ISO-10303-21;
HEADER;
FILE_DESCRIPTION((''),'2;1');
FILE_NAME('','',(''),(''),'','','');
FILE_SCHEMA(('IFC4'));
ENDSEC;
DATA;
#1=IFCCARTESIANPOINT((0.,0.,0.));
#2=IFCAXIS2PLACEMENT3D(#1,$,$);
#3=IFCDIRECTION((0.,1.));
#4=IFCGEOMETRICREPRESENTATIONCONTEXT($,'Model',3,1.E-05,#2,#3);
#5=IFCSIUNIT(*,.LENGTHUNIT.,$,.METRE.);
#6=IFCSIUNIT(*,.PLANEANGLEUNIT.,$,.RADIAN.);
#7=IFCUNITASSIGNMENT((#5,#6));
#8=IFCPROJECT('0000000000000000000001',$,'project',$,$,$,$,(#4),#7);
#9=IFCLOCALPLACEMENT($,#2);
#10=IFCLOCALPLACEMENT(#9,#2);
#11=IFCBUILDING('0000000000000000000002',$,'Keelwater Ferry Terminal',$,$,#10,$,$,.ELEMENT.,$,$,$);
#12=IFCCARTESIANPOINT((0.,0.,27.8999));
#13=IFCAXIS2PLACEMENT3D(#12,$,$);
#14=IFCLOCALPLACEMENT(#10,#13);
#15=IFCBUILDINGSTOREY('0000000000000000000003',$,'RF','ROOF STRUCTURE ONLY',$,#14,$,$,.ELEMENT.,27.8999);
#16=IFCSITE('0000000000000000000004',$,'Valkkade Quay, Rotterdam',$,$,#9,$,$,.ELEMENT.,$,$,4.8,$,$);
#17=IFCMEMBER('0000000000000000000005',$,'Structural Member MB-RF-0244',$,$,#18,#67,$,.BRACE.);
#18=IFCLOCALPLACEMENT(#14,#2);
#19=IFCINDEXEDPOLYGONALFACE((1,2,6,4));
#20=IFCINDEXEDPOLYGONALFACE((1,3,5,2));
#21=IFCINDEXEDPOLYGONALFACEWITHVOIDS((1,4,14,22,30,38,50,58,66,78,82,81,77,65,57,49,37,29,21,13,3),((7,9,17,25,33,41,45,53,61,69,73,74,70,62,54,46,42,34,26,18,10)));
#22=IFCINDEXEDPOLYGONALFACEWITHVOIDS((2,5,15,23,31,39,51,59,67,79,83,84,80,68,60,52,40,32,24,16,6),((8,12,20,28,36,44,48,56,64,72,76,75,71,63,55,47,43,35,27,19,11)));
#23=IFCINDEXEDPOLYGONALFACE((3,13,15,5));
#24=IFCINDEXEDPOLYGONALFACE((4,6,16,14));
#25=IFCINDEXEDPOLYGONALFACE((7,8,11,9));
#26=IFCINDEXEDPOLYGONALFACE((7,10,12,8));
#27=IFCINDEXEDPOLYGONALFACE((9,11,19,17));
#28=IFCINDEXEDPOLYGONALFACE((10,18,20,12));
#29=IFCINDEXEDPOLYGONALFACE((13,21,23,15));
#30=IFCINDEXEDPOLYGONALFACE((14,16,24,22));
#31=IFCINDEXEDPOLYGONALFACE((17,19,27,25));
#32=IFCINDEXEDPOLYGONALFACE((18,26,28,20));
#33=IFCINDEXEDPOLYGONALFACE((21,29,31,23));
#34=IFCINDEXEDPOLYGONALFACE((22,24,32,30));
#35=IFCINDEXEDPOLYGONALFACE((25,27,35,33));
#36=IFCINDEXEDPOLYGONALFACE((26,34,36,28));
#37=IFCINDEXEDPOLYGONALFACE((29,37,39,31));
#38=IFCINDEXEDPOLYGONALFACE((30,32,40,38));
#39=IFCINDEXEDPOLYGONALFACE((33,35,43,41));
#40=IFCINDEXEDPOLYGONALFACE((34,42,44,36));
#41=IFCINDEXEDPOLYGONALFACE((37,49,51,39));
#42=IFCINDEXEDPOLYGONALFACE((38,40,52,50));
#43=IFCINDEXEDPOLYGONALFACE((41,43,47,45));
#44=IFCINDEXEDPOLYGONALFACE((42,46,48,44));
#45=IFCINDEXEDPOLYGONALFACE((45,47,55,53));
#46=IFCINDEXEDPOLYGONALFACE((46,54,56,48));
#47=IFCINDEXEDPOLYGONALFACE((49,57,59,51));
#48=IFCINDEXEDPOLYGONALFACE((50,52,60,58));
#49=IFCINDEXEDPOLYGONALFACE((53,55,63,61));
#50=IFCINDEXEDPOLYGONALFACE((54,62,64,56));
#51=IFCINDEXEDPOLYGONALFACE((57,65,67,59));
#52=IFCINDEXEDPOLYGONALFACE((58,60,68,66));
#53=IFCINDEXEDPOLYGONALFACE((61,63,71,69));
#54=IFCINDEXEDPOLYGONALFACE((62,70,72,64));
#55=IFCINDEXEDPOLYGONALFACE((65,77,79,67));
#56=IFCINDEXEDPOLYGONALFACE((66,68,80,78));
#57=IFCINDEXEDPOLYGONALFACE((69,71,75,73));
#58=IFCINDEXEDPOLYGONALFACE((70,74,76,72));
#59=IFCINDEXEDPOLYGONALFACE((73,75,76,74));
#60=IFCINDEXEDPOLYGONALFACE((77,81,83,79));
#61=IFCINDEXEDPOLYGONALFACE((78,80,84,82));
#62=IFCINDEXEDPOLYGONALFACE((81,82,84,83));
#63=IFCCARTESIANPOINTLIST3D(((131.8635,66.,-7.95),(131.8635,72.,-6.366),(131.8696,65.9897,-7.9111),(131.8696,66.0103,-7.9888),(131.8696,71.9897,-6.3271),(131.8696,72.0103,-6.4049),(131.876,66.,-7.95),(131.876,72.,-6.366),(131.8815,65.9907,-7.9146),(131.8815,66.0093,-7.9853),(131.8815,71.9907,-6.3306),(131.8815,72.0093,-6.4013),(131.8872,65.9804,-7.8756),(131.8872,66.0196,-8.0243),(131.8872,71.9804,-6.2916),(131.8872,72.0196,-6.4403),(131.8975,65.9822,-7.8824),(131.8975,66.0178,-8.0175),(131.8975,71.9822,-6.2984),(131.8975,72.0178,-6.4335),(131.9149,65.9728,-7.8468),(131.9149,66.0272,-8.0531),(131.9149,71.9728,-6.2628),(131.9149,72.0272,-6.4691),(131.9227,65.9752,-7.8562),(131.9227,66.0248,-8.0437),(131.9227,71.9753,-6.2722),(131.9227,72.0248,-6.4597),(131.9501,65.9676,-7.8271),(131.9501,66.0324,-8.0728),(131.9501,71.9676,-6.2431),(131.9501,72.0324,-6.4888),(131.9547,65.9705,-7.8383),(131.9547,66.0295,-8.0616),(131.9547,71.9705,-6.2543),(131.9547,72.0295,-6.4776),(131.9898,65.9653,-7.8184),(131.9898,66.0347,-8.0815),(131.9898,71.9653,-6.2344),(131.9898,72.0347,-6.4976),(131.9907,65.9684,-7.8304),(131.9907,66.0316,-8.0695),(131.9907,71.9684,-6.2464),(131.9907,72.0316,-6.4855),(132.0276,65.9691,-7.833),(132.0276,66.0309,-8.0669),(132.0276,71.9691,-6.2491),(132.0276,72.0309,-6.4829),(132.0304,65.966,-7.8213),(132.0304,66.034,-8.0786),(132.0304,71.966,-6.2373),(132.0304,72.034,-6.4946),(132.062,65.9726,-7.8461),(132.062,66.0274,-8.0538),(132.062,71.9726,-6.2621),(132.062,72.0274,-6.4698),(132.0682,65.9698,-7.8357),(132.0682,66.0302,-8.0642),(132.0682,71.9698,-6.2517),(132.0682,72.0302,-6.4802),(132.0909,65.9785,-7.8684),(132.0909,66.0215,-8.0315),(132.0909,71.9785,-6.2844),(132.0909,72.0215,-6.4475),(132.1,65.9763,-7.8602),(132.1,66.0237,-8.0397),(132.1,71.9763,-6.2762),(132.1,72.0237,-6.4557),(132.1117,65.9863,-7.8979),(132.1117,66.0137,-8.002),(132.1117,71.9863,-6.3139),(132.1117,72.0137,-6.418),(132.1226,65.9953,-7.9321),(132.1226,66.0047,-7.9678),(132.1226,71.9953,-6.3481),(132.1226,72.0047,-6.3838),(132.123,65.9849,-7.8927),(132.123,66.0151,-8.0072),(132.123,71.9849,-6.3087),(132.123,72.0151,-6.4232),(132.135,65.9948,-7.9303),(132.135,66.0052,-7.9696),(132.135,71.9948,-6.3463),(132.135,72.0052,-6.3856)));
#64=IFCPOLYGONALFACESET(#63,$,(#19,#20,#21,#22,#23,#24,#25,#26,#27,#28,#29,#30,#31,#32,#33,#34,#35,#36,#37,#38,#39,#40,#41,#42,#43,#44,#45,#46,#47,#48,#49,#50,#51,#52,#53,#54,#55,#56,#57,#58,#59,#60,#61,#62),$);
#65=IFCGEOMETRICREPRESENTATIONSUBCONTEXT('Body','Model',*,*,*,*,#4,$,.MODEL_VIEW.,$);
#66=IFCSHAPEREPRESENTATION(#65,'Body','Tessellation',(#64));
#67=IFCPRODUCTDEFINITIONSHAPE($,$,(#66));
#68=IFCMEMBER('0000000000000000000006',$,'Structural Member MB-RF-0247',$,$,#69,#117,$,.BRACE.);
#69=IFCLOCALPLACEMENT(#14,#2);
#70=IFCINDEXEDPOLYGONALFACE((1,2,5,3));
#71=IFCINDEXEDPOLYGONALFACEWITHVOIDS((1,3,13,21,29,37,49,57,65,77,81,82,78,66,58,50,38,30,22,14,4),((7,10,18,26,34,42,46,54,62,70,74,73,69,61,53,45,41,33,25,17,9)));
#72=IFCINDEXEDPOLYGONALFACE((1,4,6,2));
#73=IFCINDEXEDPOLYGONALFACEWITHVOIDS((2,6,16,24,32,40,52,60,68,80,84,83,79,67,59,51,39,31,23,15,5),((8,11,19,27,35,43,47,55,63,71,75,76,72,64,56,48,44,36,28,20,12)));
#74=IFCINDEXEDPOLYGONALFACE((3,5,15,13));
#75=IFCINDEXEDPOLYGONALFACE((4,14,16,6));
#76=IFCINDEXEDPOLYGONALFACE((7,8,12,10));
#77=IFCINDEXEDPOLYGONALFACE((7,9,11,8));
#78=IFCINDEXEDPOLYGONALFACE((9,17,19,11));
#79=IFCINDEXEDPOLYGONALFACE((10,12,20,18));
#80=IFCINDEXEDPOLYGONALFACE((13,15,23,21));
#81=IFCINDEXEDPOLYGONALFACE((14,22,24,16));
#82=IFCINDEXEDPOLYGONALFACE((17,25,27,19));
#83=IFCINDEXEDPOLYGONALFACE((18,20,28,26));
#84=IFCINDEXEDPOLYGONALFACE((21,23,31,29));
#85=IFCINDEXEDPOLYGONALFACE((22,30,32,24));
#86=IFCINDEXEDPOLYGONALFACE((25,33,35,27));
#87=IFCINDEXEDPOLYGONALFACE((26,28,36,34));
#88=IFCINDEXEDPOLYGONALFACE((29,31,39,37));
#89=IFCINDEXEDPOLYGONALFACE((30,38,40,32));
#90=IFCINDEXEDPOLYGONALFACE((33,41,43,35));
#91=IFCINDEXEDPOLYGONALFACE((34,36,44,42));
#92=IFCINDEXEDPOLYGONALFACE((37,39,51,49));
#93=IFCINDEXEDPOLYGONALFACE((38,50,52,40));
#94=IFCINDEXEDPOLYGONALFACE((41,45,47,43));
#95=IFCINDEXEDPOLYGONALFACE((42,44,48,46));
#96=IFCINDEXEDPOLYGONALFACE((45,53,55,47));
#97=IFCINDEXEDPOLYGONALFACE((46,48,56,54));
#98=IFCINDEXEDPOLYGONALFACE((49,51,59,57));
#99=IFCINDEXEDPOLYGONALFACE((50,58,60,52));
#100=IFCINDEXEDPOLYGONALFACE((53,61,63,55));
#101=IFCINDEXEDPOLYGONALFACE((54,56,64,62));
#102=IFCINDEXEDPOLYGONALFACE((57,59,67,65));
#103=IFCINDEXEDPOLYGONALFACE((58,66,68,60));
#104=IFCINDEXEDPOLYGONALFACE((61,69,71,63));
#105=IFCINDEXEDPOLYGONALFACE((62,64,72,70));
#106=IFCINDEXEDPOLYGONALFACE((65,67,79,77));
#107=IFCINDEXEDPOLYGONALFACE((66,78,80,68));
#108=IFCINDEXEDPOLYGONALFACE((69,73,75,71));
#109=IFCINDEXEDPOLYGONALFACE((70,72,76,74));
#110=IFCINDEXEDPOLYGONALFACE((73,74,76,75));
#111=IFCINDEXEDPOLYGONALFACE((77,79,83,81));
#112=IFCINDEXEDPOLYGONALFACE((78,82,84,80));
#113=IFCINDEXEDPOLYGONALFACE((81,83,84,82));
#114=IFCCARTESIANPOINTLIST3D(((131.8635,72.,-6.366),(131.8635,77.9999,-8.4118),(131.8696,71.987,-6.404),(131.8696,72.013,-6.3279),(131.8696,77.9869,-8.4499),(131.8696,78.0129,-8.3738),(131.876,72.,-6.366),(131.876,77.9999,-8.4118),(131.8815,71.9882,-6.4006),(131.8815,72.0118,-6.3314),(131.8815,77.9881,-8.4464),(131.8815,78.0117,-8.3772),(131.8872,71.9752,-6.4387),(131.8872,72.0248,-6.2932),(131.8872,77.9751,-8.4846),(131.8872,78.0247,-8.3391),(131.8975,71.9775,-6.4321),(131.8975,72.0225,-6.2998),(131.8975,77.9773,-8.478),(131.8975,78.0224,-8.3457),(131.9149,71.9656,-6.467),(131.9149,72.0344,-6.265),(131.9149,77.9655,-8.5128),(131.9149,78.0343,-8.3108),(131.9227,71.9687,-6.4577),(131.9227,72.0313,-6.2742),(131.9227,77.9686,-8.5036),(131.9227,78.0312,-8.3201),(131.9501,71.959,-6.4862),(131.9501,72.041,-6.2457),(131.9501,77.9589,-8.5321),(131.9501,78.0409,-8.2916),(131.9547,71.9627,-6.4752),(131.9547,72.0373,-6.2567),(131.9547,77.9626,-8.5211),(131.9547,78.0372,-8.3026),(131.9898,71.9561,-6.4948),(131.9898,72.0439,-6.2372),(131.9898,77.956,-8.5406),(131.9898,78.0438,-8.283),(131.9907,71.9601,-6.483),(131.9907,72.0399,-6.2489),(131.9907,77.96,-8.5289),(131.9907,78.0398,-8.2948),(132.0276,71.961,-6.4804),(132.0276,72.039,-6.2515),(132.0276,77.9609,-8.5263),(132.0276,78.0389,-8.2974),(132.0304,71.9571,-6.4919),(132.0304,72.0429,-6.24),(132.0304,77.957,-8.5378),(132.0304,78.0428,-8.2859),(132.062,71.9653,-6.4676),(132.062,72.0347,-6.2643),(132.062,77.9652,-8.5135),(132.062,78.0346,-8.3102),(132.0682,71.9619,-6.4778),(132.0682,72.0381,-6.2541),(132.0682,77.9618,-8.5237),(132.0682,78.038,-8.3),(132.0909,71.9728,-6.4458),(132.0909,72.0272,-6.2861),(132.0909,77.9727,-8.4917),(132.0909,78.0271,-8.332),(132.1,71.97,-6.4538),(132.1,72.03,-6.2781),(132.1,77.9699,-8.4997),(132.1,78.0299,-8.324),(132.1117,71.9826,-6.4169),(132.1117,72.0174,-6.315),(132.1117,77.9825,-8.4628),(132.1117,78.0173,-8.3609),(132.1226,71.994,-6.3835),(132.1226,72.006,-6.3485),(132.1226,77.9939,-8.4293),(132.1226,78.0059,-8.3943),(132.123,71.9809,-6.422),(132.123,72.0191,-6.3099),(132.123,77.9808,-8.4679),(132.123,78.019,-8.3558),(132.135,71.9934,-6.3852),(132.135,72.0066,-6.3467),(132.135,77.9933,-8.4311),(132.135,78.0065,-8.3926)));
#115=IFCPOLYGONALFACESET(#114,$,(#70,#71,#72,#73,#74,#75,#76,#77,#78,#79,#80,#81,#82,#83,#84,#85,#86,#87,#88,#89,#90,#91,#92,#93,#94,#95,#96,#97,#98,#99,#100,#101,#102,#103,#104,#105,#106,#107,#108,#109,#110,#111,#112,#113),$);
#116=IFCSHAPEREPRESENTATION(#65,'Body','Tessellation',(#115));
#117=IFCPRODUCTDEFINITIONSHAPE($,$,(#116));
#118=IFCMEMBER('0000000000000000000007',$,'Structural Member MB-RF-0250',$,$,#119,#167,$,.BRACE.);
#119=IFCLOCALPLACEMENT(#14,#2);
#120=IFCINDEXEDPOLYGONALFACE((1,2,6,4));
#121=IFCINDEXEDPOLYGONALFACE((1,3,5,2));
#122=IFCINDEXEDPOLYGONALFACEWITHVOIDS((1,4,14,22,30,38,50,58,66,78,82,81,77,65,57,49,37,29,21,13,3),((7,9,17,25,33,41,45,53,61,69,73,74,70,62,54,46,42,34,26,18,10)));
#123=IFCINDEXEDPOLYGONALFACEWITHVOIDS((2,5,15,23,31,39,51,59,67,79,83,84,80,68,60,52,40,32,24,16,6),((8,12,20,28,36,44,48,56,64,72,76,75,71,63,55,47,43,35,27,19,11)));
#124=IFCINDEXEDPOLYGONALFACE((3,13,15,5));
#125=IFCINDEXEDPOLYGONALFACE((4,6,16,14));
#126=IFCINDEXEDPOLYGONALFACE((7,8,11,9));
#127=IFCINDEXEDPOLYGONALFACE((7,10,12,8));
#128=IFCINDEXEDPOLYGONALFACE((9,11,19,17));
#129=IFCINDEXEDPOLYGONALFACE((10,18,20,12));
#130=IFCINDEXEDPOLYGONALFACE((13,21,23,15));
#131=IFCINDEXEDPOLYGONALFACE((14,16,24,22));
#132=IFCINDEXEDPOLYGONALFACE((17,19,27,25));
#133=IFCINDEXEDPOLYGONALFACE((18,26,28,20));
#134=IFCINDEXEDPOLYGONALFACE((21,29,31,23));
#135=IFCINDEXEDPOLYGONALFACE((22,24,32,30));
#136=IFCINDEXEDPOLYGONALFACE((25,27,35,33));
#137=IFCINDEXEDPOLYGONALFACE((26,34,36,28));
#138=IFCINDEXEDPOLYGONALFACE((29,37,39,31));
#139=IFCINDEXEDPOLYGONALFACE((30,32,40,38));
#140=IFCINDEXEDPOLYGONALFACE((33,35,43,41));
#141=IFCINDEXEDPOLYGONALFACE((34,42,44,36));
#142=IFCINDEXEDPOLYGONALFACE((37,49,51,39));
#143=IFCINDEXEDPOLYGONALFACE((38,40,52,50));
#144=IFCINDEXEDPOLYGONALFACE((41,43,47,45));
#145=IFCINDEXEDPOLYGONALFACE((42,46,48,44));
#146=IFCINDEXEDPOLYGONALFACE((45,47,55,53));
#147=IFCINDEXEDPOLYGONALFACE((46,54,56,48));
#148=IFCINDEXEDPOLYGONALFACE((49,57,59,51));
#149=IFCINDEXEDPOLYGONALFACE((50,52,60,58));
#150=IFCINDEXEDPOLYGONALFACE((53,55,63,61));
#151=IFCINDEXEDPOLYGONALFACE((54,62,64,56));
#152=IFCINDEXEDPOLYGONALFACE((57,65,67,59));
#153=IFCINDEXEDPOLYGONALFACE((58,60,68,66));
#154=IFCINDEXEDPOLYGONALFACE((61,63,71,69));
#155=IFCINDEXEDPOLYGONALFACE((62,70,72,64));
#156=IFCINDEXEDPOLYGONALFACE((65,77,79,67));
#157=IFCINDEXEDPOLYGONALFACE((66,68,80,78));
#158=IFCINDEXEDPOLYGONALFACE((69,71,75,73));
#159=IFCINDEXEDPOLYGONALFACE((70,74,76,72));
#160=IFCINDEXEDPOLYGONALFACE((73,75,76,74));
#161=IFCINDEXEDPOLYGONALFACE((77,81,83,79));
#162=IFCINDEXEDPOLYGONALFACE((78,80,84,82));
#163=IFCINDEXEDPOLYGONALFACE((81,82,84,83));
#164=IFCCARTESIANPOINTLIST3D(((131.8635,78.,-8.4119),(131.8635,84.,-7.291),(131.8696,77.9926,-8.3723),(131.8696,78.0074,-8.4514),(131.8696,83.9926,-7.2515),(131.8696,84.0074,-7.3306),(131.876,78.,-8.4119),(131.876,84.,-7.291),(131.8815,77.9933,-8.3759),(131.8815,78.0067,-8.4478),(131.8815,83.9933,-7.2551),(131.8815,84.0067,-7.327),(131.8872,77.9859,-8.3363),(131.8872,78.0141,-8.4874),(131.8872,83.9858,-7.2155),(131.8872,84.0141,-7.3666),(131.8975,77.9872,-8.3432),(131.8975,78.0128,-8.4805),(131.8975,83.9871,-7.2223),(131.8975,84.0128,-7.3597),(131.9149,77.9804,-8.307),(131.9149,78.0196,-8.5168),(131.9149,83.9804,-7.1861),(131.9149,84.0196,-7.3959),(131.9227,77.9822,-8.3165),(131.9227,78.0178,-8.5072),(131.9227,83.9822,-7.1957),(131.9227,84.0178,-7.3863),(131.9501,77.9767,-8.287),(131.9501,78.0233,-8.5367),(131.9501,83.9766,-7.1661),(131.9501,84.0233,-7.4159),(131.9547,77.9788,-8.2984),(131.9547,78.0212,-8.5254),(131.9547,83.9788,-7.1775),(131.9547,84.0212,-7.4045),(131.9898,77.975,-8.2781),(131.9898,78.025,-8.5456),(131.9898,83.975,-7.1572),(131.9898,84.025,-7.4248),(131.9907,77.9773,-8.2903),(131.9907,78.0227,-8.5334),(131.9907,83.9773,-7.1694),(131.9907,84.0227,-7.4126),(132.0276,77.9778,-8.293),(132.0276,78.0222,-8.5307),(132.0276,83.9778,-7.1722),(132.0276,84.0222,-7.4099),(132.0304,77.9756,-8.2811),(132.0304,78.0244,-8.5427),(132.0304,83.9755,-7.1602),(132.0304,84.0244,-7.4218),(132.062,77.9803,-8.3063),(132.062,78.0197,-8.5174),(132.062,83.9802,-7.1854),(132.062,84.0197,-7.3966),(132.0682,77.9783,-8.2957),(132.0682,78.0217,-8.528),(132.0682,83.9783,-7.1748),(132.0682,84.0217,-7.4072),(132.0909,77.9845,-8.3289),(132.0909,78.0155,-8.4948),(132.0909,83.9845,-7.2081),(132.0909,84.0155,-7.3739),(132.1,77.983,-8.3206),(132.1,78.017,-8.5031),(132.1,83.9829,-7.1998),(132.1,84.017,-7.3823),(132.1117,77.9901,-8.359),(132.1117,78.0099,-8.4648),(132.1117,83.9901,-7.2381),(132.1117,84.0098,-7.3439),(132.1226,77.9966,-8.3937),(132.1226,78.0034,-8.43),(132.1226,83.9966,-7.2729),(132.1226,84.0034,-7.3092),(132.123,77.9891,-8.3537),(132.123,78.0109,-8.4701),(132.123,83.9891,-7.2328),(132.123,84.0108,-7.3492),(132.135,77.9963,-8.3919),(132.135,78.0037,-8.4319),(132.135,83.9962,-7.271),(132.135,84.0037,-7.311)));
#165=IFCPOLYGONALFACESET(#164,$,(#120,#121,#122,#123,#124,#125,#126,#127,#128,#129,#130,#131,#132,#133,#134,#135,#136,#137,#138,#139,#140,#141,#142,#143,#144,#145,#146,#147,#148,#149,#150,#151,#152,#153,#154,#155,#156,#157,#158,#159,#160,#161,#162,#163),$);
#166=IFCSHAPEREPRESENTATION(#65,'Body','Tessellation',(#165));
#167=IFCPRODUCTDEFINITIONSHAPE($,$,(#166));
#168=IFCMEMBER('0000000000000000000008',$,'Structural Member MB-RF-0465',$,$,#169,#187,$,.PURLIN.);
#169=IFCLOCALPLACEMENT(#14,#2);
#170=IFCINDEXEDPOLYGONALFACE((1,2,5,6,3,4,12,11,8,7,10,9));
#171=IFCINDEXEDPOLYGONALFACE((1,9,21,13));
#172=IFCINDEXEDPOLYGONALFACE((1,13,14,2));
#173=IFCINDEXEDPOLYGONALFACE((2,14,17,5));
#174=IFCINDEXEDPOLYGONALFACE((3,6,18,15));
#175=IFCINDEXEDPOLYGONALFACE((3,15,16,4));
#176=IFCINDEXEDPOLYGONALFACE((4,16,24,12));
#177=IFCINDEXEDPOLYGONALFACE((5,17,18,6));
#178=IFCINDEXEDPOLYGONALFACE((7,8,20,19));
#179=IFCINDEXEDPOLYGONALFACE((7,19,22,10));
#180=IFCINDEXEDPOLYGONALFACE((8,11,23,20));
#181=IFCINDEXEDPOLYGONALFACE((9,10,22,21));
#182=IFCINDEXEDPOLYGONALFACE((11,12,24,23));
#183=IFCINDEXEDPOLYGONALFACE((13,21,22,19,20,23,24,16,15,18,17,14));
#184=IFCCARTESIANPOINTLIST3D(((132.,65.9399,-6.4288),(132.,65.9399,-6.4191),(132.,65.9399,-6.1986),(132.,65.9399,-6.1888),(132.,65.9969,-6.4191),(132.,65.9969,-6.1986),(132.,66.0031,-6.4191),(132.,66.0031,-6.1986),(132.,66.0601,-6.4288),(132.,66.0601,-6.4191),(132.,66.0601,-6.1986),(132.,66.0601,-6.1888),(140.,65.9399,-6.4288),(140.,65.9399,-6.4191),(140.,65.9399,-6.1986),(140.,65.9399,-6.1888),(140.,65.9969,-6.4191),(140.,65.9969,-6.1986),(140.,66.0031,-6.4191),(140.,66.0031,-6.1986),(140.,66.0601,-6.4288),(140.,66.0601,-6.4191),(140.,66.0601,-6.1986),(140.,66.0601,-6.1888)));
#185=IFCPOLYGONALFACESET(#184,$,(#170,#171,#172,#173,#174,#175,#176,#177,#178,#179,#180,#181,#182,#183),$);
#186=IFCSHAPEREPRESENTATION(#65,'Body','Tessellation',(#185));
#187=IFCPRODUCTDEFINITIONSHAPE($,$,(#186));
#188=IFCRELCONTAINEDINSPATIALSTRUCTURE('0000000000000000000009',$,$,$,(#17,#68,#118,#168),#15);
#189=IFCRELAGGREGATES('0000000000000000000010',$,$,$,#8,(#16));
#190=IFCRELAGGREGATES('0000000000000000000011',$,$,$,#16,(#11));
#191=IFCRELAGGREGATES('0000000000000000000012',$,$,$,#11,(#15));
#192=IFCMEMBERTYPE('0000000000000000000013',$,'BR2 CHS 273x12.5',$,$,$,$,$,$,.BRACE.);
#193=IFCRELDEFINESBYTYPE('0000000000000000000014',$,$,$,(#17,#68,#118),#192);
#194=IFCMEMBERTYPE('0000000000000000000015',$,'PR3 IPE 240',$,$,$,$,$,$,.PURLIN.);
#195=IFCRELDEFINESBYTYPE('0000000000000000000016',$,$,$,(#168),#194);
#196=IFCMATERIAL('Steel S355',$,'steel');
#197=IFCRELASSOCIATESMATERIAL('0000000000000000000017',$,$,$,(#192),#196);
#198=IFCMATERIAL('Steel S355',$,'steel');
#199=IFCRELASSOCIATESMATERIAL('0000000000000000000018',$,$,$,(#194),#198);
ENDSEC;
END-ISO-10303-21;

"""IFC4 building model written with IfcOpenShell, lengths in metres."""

from ifc_helpers import new_model, si_unit, direction, frame, origin, origin_2d, place, context, subcontext, project, spatial, hollow_circle, i_section, extrude, material, material_profile, profile_set, type_object, element, save


model = new_model("IFC4")

# Units and contexts
model_context = context("Model", 3, precision=1e-05, world=origin(), true_north=direction((0.0, 1.0)))
body_context = subcontext(model_context, "Body", "Model", "MODEL_VIEW")
ifc_project = project(units=[si_unit("LENGTHUNIT", "METRE"), si_unit("PLANEANGLEUNIT", "RADIAN")], contexts=[model_context])

# Site, building, storey
site_placement = place(None, origin())
site = spatial("IfcSite", under=ifc_project, at=site_placement, Name="Valkkade Quay, Rotterdam", CompositionType="ELEMENT", RefElevation=4.8)
building_placement = place(site_placement, origin())
building = spatial("IfcBuilding", under=site, at=building_placement, Name="Keelwater Ferry Terminal", CompositionType="ELEMENT")
storey_placement = place(building_placement, frame((0.0, 0.0, 27.8999)))
storey = spatial("IfcBuildingStorey", under=building, at=storey_placement, Name="RF", Description="ROOF STRUCTURE ONLY", CompositionType="ELEMENT", Elevation=27.8999)

# Members
ifc_material_1 = material(Name="Steel S355", Category="steel")
ifc_material_profile_1 = material_profile(ifc_material_1, hollow_circle(Radius=0.1365, WallThickness=0.0125, at=origin_2d()), Name="CHS 273x12.5")
ifc_profile_set_1 = profile_set([ifc_material_profile_1], Name="Steel S355")
member_type_1 = type_object("IfcMemberType", Name="BR2 CHS 273x12.5", PredefinedType="BRACE", material=ifc_profile_set_1)
member_1_placement = place(storey_placement, frame((132.0, 66.0, -7.95), z_axis=(0.0, 0.966874, 0.255252), x_axis=(-1.0, 0.0, 0.0)))
element("IfcMember", 1, at=member_1_placement, inside=storey, type_object=member_type_1, Name="Structural Member MB-RF-0244", PredefinedType="BRACE", context=body_context, shape_type="SweptSolid", body=[
    extrude(hollow_circle(Radius=0.1365, WallThickness=0.0125, at=origin_2d()), origin(), (0.0, 0.0, 1.0), 6.2056),
])
member_2_placement = place(storey_placement, frame((132.0, 72.0, -6.366), z_axis=(0.0, 0.946489, -0.322737), x_axis=(-1.0, 0.0, 0.0)))
element("IfcMember", 2, at=member_2_placement, inside=storey, type_object=member_type_1, Name="Structural Member MB-RF-0247", PredefinedType="BRACE", context=body_context, shape_type="SweptSolid", body=[
    extrude(hollow_circle(Radius=0.1365, WallThickness=0.0125, at=origin_2d()), origin(), (0.0, 0.0, 1.0), 6.3391),
])
member_3_placement = place(storey_placement, frame((132.0, 78.0, -8.4119), z_axis=(0.0, 0.982995, 0.183632), x_axis=(-1.0, 0.0, 0.0)))
element("IfcMember", 3, at=member_3_placement, inside=storey, type_object=member_type_1, Name="Structural Member MB-RF-0250", PredefinedType="BRACE", context=body_context, shape_type="SweptSolid", body=[
    extrude(hollow_circle(Radius=0.1365, WallThickness=0.0125, at=origin_2d()), origin(), (0.0, 0.0, 1.0), 6.1038),
])
ifc_material_2 = material(Name="Steel S355", Category="steel")
ifc_material_profile_2 = material_profile(ifc_material_2, i_section(OverallWidth=0.1201, OverallDepth=0.24, WebThickness=0.0061, FlangeThickness=0.0098, at=origin_2d()), Name="IPE 240")
ifc_profile_set_2 = profile_set([ifc_material_profile_2], Name="Steel S355")
member_type_2 = type_object("IfcMemberType", Name="PR3 IPE 240", PredefinedType="PURLIN", material=ifc_profile_set_2)
for number, where, z_axis, x_axis, name in (
    (4, (132.0, 66.0, -6.3088), (1.0, 0.0, 0.0), (0.0, 1.0, 0.0), "Structural Member MB-RF-0465"),
):
    element("IfcMember", number, at=place(storey_placement, frame(where, z_axis=z_axis, x_axis=x_axis)), inside=storey, type_object=member_type_2, Name=name, PredefinedType="PURLIN", context=body_context, shape_type="SweptSolid", body=[
        extrude(i_section(OverallWidth=0.1201, OverallDepth=0.24, WebThickness=0.0061, FlangeThickness=0.0098, at=origin_2d()), origin(), (0.0, 0.0, 1.0), 8.0),
    ])

save(model, "model.ifc")
